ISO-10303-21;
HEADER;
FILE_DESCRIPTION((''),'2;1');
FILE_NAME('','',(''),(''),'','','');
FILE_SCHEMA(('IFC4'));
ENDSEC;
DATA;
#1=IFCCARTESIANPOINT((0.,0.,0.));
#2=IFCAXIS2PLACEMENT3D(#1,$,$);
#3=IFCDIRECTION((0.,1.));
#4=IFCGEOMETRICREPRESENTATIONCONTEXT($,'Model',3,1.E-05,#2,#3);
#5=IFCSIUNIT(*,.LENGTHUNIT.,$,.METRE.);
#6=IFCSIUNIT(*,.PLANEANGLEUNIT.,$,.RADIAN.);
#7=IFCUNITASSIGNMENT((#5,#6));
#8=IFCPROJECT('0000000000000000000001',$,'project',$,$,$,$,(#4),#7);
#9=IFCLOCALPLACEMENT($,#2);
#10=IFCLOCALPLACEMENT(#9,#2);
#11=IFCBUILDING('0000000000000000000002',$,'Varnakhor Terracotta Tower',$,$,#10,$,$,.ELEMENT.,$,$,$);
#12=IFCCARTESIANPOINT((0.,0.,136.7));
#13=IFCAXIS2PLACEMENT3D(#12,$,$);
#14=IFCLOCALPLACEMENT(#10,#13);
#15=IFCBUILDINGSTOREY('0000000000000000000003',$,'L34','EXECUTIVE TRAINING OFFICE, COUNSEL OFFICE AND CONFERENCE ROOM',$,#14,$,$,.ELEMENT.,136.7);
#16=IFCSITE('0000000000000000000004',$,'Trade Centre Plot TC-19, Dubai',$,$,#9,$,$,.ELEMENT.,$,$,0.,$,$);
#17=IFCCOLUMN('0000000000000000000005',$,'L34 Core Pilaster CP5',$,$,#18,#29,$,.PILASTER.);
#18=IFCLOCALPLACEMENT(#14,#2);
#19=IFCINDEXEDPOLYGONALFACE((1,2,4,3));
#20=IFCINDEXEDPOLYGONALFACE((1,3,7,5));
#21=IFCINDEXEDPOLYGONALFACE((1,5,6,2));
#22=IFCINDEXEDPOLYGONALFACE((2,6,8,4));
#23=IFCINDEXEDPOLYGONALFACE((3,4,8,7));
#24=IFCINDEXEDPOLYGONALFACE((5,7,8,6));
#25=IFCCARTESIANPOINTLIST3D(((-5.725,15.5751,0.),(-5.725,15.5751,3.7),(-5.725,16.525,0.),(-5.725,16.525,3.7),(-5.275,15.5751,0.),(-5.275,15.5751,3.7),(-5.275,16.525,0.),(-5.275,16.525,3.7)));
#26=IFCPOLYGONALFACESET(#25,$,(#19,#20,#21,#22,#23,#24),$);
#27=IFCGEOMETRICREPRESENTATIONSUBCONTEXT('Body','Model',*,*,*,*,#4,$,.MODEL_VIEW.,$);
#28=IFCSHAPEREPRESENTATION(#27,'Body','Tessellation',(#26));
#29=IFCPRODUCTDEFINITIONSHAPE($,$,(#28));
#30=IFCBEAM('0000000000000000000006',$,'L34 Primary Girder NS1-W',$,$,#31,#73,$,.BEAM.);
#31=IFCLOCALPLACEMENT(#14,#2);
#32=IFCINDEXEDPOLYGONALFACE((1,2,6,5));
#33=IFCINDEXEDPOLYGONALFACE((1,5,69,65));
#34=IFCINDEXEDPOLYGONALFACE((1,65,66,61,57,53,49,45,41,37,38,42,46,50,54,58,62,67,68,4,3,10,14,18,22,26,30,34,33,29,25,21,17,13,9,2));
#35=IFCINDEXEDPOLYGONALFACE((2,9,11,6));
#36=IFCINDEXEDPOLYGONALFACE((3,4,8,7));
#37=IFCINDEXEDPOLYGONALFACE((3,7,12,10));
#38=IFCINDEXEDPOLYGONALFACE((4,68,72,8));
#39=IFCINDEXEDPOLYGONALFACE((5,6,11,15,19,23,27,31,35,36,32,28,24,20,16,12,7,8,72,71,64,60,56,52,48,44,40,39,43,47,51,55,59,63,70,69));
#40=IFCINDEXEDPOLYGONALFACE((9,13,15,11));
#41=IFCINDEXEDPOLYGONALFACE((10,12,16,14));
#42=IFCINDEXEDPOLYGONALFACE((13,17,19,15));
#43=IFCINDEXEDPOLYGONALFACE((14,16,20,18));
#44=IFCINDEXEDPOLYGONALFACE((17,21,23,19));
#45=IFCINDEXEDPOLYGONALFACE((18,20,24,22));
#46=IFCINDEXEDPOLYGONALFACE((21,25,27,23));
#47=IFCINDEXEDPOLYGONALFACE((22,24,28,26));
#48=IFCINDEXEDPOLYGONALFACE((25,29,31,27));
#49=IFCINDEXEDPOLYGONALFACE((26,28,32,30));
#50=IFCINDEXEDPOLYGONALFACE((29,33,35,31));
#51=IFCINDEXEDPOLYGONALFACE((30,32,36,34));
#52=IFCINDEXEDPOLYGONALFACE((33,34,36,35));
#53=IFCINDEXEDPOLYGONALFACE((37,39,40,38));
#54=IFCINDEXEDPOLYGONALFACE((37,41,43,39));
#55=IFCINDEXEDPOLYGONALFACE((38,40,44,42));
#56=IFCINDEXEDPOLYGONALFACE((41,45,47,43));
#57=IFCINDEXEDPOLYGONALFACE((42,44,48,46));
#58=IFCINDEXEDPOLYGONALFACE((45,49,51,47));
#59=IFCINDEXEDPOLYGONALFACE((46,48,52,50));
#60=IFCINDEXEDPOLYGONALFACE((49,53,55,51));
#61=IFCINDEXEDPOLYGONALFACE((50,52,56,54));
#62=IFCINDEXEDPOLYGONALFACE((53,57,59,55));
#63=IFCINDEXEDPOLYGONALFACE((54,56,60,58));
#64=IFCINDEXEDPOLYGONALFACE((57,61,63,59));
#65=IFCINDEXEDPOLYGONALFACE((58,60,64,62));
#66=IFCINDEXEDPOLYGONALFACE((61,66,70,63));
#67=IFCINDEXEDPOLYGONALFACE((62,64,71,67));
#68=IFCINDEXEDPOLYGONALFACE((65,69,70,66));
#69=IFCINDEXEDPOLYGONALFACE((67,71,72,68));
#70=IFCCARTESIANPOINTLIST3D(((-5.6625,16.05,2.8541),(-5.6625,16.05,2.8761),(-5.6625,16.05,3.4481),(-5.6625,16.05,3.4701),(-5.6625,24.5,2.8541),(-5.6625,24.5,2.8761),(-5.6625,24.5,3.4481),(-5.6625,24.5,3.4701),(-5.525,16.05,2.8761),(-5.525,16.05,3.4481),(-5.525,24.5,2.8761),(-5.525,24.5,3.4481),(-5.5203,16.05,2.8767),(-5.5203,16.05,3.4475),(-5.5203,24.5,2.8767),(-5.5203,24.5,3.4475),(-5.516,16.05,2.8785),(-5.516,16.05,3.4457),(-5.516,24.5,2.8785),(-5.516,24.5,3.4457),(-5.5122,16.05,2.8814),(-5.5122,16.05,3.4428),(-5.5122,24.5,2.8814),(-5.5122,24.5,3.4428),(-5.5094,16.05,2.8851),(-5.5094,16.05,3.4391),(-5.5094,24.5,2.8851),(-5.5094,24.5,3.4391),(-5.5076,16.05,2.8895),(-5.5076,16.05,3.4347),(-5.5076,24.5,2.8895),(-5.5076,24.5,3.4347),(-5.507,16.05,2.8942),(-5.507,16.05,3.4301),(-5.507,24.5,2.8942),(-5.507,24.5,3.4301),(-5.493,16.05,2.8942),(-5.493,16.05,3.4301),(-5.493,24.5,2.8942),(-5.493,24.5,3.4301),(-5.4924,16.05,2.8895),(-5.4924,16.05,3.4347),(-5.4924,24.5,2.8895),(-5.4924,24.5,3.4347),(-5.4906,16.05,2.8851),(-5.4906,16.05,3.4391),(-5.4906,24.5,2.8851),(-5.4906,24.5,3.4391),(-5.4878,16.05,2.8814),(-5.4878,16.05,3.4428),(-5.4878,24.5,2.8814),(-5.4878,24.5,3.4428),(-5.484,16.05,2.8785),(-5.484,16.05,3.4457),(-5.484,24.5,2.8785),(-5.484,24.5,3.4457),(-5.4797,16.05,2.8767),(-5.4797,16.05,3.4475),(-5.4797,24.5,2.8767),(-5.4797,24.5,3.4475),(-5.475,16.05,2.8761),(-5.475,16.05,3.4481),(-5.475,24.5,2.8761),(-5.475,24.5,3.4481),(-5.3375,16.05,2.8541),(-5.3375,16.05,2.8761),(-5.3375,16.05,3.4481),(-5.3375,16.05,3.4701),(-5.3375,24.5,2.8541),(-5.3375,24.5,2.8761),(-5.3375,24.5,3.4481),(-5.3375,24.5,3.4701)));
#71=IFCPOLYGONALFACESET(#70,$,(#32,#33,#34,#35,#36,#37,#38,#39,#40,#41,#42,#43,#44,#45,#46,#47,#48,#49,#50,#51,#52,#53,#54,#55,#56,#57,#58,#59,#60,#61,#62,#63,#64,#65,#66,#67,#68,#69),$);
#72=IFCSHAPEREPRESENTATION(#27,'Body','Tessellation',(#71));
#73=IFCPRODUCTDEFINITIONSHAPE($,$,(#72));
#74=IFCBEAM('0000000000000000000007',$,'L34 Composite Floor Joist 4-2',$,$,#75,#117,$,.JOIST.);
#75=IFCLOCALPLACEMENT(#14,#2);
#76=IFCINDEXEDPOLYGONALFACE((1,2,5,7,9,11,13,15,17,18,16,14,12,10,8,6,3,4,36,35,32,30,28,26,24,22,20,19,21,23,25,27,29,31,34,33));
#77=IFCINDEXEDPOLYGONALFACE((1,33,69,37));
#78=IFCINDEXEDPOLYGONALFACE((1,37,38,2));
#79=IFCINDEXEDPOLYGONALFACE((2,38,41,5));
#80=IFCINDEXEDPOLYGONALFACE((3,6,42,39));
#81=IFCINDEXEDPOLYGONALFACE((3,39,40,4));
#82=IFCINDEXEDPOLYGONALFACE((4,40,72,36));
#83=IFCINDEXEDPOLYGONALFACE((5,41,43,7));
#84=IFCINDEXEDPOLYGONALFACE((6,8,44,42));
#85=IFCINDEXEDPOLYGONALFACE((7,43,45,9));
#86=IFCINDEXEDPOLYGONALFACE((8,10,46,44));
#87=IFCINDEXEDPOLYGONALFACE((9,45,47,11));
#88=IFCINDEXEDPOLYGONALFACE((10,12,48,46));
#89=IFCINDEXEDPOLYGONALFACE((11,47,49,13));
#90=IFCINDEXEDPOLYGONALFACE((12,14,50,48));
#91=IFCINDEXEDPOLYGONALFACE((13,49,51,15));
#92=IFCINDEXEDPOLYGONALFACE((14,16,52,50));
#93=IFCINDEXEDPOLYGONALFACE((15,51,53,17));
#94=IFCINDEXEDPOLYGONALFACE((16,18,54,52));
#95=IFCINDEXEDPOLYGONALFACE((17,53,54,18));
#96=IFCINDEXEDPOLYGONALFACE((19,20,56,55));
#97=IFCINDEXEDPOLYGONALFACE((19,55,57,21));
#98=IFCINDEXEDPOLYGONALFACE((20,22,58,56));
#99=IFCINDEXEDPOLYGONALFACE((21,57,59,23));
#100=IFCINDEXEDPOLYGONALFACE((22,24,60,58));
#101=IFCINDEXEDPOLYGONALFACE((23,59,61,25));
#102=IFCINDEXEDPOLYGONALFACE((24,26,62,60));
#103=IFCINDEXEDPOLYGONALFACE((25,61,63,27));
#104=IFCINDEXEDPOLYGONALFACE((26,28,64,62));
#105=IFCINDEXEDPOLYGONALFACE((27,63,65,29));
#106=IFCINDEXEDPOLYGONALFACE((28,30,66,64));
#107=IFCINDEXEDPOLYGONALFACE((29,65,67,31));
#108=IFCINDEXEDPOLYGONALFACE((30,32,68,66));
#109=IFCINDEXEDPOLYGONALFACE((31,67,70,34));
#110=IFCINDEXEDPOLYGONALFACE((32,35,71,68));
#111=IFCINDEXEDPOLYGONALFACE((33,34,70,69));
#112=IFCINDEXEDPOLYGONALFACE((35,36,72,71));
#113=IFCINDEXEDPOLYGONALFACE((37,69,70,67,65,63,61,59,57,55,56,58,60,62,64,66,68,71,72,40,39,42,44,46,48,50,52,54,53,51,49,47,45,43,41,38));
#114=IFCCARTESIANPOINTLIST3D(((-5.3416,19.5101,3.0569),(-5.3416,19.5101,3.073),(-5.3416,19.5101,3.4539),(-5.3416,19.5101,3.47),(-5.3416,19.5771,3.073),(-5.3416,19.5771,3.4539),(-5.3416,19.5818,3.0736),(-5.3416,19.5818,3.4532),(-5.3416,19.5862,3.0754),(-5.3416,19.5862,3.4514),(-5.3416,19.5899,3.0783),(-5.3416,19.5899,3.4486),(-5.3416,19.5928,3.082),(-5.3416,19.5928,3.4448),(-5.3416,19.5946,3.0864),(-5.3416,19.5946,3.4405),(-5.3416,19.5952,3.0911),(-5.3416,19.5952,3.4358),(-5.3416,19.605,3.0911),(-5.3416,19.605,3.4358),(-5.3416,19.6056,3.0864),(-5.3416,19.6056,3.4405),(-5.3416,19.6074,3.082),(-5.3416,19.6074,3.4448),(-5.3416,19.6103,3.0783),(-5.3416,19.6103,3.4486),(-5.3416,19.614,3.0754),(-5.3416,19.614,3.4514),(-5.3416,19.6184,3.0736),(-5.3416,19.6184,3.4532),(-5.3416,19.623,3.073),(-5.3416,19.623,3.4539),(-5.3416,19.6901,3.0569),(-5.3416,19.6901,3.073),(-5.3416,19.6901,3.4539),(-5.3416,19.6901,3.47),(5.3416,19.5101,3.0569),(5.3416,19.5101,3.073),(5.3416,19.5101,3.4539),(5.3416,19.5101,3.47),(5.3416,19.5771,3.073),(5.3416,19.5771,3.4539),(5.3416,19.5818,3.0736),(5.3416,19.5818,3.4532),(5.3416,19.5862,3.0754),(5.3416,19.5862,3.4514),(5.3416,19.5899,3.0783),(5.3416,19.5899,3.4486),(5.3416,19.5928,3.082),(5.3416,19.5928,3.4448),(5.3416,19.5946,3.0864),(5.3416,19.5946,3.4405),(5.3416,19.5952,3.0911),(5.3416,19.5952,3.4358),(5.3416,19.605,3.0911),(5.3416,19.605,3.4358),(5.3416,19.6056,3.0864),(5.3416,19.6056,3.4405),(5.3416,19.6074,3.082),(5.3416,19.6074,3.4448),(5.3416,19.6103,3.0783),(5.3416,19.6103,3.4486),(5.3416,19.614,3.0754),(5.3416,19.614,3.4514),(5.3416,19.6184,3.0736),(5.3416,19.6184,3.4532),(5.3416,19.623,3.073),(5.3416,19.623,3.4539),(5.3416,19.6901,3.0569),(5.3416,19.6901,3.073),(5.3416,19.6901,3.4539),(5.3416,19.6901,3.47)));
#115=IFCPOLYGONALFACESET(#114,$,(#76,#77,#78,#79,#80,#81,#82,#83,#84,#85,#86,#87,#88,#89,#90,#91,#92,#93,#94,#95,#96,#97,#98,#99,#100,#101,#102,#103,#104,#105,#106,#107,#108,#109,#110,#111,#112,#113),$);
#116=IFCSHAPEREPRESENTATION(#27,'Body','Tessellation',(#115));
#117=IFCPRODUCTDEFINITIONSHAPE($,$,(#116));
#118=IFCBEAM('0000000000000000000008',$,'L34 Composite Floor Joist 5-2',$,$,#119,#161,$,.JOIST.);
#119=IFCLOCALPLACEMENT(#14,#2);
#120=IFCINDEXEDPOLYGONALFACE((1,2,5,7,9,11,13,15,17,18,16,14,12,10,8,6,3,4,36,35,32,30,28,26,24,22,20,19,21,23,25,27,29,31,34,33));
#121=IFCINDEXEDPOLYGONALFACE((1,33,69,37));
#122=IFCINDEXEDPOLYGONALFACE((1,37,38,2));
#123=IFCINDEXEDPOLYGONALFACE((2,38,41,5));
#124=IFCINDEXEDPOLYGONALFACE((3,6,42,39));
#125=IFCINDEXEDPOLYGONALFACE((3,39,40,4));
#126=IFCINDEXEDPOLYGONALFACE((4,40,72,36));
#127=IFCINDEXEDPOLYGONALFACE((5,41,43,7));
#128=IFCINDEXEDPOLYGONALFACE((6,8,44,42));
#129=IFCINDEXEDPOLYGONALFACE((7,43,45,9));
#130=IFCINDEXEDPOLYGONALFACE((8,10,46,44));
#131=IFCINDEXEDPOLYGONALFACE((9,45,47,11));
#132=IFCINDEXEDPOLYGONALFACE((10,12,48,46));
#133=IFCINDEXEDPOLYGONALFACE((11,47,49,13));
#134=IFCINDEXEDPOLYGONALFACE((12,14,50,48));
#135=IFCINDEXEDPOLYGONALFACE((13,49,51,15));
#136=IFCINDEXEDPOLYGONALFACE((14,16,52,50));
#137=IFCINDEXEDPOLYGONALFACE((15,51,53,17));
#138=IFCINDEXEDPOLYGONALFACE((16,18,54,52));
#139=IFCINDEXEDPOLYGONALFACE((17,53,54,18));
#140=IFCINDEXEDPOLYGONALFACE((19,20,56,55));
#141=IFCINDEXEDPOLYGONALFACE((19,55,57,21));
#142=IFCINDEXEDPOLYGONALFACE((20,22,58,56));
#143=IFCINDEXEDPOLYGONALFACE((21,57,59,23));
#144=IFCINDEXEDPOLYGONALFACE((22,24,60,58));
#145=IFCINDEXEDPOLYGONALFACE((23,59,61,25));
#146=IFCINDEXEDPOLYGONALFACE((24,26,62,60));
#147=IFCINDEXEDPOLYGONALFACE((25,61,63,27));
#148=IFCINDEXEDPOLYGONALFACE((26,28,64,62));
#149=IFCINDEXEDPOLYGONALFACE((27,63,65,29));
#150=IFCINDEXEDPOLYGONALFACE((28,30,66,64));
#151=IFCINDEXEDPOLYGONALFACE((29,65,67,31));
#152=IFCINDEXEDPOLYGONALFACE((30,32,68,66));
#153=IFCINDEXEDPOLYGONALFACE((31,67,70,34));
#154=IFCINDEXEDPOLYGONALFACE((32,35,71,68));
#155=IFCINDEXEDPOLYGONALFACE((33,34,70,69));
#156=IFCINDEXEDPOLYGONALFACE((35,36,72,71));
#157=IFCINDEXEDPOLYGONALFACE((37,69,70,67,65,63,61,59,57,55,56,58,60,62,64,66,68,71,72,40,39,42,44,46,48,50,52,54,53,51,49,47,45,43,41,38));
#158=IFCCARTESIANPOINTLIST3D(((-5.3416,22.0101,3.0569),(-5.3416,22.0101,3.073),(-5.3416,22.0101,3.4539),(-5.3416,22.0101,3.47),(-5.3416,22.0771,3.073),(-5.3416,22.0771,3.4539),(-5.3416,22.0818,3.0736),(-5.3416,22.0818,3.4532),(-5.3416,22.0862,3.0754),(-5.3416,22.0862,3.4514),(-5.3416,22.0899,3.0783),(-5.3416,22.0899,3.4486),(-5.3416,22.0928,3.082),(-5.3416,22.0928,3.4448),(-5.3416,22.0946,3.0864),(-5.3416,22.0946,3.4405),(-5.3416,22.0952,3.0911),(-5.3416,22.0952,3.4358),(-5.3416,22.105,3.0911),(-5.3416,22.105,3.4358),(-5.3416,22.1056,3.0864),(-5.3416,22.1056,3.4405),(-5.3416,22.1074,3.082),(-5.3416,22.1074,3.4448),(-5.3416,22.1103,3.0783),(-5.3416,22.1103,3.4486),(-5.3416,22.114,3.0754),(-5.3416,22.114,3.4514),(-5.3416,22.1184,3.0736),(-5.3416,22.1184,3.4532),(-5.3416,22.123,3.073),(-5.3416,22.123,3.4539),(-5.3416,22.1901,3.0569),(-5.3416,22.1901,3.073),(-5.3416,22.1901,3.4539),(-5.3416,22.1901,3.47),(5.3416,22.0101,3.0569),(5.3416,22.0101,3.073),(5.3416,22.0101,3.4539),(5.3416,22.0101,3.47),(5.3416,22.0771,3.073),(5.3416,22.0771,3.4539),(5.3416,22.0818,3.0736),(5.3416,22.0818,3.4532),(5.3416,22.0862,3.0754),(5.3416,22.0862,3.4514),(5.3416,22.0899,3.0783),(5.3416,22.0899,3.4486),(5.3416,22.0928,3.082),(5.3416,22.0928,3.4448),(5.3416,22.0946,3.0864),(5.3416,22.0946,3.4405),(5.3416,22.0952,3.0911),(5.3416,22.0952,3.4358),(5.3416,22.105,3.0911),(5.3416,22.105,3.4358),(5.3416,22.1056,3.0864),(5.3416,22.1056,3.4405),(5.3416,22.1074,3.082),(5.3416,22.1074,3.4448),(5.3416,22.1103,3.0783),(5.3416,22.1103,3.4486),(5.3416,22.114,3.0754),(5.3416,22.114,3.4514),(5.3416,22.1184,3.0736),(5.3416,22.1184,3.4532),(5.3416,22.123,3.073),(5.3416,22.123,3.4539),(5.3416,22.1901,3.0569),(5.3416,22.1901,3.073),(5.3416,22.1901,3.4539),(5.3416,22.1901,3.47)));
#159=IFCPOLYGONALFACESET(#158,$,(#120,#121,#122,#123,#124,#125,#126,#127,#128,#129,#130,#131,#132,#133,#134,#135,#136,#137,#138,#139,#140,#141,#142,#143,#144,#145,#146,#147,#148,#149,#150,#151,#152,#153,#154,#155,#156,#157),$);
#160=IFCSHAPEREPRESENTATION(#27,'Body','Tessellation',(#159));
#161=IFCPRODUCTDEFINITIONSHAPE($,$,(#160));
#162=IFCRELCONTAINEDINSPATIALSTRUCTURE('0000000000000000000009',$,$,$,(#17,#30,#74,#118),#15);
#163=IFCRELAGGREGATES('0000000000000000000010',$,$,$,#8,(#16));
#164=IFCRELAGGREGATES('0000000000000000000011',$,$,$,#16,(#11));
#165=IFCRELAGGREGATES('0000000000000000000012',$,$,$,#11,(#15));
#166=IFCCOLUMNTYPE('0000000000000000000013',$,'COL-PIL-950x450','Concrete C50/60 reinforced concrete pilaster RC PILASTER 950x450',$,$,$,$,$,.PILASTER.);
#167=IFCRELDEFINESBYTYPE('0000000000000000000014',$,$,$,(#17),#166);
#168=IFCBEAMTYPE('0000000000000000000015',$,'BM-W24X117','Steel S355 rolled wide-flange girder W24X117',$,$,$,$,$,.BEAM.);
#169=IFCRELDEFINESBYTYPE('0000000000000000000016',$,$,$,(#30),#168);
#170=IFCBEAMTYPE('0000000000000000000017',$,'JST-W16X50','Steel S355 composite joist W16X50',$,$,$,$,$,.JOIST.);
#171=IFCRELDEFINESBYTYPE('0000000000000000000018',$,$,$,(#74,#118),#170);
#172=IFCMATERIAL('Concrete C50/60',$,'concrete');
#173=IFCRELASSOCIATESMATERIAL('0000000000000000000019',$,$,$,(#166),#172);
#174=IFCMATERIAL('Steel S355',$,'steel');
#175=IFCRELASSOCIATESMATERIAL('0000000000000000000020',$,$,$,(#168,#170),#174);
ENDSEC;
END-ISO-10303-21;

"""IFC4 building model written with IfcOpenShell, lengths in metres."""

from ifc_helpers import new_model, si_unit, direction, frame, origin, origin_2d, place, context, subcontext, project, spatial, rectangle, i_section, extrude, source, transform, mapped, material, material_profile, profile_set, type_object, type_shapes, element, save


model = new_model("IFC4")

# Units and contexts
model_context = context("Model", 3, precision=1e-05, world=origin(), true_north=direction((0.0, 1.0)))
body_context = subcontext(model_context, "Body", "Model", "MODEL_VIEW")
ifc_project = project(units=[si_unit("LENGTHUNIT", "METRE"), si_unit("PLANEANGLEUNIT", "RADIAN")], contexts=[model_context])

# Site, building, storey
site_placement = place(None, origin())
site = spatial("IfcSite", under=ifc_project, at=site_placement, Name="Trade Centre Plot TC-19, Dubai", CompositionType="ELEMENT", RefElevation=0.0)
building_placement = place(site_placement, origin())
building = spatial("IfcBuilding", under=site, at=building_placement, Name="Varnakhor Terracotta Tower", CompositionType="ELEMENT")
storey_placement = place(building_placement, frame((0.0, 0.0, 136.7)))
storey = spatial("IfcBuildingStorey", under=building, at=storey_placement, Name="L34", Description="EXECUTIVE TRAINING OFFICE, COUNSEL OFFICE AND CONFERENCE ROOM", CompositionType="ELEMENT", Elevation=136.7)

# Column
ifc_material_1 = material(Name="Concrete C50/60", Category="concrete")
ifc_material_profile_1 = material_profile(ifc_material_1, rectangle(XDim=0.45, YDim=0.95, at=origin_2d()), Name="RC PILASTER 950x450")
ifc_profile_set_1 = profile_set([ifc_material_profile_1], Name="Concrete C50/60")
column_type = type_object("IfcColumnType", Name="COL-PIL-950x450", Description="Concrete C50/60 reinforced concrete pilaster RC PILASTER 950x450", PredefinedType="PILASTER", material=ifc_profile_set_1)
shared_shape_1 = source(origin(), body_context, "Body", "SweptSolid", [
    extrude(rectangle(XDim=0.45, YDim=0.95, at=origin_2d()), origin(), (0.0, 0.0, 1.0), 3.7),
])
column_placement = place(storey_placement, frame((-5.5, 16.05, 0.0), z_axis=(0.0, 0.0, 1.0), x_axis=(1.0, 0.0, 0.0)))
element("IfcColumn", 1, at=column_placement, inside=storey, type_object=column_type, Name="L34 Core Pilaster CP5", PredefinedType="PILASTER", context=body_context, shape_type="MappedRepresentation", body=[
    mapped(shared_shape_1, transform((0.0, 0.0, 0.0), scale=1.0)),
])

# Beams
ifc_material_2 = material(Name="Steel S355", Category="steel")
ifc_material_profile_2 = material_profile(ifc_material_2, i_section(OverallWidth=0.325, OverallDepth=0.616, WebThickness=0.0139, FlangeThickness=0.022, FilletRadius=0.0181, at=origin_2d()), Name="W24X117")
ifc_profile_set_2 = profile_set([ifc_material_profile_2], Name="Steel S355")
beam_type_1 = type_object("IfcBeamType", Name="BM-W24X117", Description="Steel S355 rolled wide-flange girder W24X117", PredefinedType="BEAM", material=ifc_profile_set_2)
shared_shape_2 = source(origin(), body_context, "Body", "SweptSolid", [
    extrude(i_section(OverallWidth=0.325, OverallDepth=0.616, WebThickness=0.0139, FlangeThickness=0.022, FilletRadius=0.0181, at=origin_2d()), origin(), (0.0, 0.0, 1.0), 8.45),
])
type_shapes(beam_type_1, [shared_shape_2])
beam_1_placement = place(storey_placement, frame((-5.5, 16.05, 3.1621), z_axis=(0.0, 1.0, 0.0), x_axis=(-1.0, 0.0, 0.0)))
element("IfcBeam", 2, at=beam_1_placement, inside=storey, type_object=beam_type_1, Name="L34 Primary Girder NS1-W", PredefinedType="BEAM", context=body_context, shape_type="MappedRepresentation", body=[
    mapped(shared_shape_2, transform((0.0, 0.0, 0.0), scale=1.0)),
])
ifc_material_profile_3 = material_profile(ifc_material_2, i_section(OverallWidth=0.1799, OverallDepth=0.4131, WebThickness=0.0098, FlangeThickness=0.0161, FilletRadius=0.0181, at=origin_2d()), Name="W16X50")
ifc_profile_set_3 = profile_set([ifc_material_profile_3], Name="Steel S355")
beam_type_2 = type_object("IfcBeamType", Name="JST-W16X50", Description="Steel S355 composite joist W16X50", PredefinedType="JOIST", material=ifc_profile_set_3)
shared_shape_3 = source(origin(), body_context, "Body", "SweptSolid", [
    extrude(i_section(OverallWidth=0.1799, OverallDepth=0.4131, WebThickness=0.0098, FlangeThickness=0.0161, FilletRadius=0.0181, at=origin_2d()), origin(), (0.0, 0.0, 1.0), 10.6831),
])
for number, where, z_axis, x_axis, name in (
    (3, (-5.3416, 19.6001, 3.2634), (1.0, 0.0, 0.0), (0.0, 1.0, 0.0), "L34 Composite Floor Joist 4-2"),
    (4, (-5.3416, 22.1001, 3.2634), (1.0, 0.0, 0.0), (0.0, 1.0, 0.0), "L34 Composite Floor Joist 5-2"),
):
    element("IfcBeam", number, at=place(storey_placement, frame(where, z_axis=z_axis, x_axis=x_axis)), inside=storey, type_object=beam_type_2, Name=name, PredefinedType="JOIST", context=body_context, shape_type="MappedRepresentation", body=[
        mapped(shared_shape_3, transform((0.0, 0.0, 0.0), scale=1.0)),
    ])

save(model, "model.ifc")
